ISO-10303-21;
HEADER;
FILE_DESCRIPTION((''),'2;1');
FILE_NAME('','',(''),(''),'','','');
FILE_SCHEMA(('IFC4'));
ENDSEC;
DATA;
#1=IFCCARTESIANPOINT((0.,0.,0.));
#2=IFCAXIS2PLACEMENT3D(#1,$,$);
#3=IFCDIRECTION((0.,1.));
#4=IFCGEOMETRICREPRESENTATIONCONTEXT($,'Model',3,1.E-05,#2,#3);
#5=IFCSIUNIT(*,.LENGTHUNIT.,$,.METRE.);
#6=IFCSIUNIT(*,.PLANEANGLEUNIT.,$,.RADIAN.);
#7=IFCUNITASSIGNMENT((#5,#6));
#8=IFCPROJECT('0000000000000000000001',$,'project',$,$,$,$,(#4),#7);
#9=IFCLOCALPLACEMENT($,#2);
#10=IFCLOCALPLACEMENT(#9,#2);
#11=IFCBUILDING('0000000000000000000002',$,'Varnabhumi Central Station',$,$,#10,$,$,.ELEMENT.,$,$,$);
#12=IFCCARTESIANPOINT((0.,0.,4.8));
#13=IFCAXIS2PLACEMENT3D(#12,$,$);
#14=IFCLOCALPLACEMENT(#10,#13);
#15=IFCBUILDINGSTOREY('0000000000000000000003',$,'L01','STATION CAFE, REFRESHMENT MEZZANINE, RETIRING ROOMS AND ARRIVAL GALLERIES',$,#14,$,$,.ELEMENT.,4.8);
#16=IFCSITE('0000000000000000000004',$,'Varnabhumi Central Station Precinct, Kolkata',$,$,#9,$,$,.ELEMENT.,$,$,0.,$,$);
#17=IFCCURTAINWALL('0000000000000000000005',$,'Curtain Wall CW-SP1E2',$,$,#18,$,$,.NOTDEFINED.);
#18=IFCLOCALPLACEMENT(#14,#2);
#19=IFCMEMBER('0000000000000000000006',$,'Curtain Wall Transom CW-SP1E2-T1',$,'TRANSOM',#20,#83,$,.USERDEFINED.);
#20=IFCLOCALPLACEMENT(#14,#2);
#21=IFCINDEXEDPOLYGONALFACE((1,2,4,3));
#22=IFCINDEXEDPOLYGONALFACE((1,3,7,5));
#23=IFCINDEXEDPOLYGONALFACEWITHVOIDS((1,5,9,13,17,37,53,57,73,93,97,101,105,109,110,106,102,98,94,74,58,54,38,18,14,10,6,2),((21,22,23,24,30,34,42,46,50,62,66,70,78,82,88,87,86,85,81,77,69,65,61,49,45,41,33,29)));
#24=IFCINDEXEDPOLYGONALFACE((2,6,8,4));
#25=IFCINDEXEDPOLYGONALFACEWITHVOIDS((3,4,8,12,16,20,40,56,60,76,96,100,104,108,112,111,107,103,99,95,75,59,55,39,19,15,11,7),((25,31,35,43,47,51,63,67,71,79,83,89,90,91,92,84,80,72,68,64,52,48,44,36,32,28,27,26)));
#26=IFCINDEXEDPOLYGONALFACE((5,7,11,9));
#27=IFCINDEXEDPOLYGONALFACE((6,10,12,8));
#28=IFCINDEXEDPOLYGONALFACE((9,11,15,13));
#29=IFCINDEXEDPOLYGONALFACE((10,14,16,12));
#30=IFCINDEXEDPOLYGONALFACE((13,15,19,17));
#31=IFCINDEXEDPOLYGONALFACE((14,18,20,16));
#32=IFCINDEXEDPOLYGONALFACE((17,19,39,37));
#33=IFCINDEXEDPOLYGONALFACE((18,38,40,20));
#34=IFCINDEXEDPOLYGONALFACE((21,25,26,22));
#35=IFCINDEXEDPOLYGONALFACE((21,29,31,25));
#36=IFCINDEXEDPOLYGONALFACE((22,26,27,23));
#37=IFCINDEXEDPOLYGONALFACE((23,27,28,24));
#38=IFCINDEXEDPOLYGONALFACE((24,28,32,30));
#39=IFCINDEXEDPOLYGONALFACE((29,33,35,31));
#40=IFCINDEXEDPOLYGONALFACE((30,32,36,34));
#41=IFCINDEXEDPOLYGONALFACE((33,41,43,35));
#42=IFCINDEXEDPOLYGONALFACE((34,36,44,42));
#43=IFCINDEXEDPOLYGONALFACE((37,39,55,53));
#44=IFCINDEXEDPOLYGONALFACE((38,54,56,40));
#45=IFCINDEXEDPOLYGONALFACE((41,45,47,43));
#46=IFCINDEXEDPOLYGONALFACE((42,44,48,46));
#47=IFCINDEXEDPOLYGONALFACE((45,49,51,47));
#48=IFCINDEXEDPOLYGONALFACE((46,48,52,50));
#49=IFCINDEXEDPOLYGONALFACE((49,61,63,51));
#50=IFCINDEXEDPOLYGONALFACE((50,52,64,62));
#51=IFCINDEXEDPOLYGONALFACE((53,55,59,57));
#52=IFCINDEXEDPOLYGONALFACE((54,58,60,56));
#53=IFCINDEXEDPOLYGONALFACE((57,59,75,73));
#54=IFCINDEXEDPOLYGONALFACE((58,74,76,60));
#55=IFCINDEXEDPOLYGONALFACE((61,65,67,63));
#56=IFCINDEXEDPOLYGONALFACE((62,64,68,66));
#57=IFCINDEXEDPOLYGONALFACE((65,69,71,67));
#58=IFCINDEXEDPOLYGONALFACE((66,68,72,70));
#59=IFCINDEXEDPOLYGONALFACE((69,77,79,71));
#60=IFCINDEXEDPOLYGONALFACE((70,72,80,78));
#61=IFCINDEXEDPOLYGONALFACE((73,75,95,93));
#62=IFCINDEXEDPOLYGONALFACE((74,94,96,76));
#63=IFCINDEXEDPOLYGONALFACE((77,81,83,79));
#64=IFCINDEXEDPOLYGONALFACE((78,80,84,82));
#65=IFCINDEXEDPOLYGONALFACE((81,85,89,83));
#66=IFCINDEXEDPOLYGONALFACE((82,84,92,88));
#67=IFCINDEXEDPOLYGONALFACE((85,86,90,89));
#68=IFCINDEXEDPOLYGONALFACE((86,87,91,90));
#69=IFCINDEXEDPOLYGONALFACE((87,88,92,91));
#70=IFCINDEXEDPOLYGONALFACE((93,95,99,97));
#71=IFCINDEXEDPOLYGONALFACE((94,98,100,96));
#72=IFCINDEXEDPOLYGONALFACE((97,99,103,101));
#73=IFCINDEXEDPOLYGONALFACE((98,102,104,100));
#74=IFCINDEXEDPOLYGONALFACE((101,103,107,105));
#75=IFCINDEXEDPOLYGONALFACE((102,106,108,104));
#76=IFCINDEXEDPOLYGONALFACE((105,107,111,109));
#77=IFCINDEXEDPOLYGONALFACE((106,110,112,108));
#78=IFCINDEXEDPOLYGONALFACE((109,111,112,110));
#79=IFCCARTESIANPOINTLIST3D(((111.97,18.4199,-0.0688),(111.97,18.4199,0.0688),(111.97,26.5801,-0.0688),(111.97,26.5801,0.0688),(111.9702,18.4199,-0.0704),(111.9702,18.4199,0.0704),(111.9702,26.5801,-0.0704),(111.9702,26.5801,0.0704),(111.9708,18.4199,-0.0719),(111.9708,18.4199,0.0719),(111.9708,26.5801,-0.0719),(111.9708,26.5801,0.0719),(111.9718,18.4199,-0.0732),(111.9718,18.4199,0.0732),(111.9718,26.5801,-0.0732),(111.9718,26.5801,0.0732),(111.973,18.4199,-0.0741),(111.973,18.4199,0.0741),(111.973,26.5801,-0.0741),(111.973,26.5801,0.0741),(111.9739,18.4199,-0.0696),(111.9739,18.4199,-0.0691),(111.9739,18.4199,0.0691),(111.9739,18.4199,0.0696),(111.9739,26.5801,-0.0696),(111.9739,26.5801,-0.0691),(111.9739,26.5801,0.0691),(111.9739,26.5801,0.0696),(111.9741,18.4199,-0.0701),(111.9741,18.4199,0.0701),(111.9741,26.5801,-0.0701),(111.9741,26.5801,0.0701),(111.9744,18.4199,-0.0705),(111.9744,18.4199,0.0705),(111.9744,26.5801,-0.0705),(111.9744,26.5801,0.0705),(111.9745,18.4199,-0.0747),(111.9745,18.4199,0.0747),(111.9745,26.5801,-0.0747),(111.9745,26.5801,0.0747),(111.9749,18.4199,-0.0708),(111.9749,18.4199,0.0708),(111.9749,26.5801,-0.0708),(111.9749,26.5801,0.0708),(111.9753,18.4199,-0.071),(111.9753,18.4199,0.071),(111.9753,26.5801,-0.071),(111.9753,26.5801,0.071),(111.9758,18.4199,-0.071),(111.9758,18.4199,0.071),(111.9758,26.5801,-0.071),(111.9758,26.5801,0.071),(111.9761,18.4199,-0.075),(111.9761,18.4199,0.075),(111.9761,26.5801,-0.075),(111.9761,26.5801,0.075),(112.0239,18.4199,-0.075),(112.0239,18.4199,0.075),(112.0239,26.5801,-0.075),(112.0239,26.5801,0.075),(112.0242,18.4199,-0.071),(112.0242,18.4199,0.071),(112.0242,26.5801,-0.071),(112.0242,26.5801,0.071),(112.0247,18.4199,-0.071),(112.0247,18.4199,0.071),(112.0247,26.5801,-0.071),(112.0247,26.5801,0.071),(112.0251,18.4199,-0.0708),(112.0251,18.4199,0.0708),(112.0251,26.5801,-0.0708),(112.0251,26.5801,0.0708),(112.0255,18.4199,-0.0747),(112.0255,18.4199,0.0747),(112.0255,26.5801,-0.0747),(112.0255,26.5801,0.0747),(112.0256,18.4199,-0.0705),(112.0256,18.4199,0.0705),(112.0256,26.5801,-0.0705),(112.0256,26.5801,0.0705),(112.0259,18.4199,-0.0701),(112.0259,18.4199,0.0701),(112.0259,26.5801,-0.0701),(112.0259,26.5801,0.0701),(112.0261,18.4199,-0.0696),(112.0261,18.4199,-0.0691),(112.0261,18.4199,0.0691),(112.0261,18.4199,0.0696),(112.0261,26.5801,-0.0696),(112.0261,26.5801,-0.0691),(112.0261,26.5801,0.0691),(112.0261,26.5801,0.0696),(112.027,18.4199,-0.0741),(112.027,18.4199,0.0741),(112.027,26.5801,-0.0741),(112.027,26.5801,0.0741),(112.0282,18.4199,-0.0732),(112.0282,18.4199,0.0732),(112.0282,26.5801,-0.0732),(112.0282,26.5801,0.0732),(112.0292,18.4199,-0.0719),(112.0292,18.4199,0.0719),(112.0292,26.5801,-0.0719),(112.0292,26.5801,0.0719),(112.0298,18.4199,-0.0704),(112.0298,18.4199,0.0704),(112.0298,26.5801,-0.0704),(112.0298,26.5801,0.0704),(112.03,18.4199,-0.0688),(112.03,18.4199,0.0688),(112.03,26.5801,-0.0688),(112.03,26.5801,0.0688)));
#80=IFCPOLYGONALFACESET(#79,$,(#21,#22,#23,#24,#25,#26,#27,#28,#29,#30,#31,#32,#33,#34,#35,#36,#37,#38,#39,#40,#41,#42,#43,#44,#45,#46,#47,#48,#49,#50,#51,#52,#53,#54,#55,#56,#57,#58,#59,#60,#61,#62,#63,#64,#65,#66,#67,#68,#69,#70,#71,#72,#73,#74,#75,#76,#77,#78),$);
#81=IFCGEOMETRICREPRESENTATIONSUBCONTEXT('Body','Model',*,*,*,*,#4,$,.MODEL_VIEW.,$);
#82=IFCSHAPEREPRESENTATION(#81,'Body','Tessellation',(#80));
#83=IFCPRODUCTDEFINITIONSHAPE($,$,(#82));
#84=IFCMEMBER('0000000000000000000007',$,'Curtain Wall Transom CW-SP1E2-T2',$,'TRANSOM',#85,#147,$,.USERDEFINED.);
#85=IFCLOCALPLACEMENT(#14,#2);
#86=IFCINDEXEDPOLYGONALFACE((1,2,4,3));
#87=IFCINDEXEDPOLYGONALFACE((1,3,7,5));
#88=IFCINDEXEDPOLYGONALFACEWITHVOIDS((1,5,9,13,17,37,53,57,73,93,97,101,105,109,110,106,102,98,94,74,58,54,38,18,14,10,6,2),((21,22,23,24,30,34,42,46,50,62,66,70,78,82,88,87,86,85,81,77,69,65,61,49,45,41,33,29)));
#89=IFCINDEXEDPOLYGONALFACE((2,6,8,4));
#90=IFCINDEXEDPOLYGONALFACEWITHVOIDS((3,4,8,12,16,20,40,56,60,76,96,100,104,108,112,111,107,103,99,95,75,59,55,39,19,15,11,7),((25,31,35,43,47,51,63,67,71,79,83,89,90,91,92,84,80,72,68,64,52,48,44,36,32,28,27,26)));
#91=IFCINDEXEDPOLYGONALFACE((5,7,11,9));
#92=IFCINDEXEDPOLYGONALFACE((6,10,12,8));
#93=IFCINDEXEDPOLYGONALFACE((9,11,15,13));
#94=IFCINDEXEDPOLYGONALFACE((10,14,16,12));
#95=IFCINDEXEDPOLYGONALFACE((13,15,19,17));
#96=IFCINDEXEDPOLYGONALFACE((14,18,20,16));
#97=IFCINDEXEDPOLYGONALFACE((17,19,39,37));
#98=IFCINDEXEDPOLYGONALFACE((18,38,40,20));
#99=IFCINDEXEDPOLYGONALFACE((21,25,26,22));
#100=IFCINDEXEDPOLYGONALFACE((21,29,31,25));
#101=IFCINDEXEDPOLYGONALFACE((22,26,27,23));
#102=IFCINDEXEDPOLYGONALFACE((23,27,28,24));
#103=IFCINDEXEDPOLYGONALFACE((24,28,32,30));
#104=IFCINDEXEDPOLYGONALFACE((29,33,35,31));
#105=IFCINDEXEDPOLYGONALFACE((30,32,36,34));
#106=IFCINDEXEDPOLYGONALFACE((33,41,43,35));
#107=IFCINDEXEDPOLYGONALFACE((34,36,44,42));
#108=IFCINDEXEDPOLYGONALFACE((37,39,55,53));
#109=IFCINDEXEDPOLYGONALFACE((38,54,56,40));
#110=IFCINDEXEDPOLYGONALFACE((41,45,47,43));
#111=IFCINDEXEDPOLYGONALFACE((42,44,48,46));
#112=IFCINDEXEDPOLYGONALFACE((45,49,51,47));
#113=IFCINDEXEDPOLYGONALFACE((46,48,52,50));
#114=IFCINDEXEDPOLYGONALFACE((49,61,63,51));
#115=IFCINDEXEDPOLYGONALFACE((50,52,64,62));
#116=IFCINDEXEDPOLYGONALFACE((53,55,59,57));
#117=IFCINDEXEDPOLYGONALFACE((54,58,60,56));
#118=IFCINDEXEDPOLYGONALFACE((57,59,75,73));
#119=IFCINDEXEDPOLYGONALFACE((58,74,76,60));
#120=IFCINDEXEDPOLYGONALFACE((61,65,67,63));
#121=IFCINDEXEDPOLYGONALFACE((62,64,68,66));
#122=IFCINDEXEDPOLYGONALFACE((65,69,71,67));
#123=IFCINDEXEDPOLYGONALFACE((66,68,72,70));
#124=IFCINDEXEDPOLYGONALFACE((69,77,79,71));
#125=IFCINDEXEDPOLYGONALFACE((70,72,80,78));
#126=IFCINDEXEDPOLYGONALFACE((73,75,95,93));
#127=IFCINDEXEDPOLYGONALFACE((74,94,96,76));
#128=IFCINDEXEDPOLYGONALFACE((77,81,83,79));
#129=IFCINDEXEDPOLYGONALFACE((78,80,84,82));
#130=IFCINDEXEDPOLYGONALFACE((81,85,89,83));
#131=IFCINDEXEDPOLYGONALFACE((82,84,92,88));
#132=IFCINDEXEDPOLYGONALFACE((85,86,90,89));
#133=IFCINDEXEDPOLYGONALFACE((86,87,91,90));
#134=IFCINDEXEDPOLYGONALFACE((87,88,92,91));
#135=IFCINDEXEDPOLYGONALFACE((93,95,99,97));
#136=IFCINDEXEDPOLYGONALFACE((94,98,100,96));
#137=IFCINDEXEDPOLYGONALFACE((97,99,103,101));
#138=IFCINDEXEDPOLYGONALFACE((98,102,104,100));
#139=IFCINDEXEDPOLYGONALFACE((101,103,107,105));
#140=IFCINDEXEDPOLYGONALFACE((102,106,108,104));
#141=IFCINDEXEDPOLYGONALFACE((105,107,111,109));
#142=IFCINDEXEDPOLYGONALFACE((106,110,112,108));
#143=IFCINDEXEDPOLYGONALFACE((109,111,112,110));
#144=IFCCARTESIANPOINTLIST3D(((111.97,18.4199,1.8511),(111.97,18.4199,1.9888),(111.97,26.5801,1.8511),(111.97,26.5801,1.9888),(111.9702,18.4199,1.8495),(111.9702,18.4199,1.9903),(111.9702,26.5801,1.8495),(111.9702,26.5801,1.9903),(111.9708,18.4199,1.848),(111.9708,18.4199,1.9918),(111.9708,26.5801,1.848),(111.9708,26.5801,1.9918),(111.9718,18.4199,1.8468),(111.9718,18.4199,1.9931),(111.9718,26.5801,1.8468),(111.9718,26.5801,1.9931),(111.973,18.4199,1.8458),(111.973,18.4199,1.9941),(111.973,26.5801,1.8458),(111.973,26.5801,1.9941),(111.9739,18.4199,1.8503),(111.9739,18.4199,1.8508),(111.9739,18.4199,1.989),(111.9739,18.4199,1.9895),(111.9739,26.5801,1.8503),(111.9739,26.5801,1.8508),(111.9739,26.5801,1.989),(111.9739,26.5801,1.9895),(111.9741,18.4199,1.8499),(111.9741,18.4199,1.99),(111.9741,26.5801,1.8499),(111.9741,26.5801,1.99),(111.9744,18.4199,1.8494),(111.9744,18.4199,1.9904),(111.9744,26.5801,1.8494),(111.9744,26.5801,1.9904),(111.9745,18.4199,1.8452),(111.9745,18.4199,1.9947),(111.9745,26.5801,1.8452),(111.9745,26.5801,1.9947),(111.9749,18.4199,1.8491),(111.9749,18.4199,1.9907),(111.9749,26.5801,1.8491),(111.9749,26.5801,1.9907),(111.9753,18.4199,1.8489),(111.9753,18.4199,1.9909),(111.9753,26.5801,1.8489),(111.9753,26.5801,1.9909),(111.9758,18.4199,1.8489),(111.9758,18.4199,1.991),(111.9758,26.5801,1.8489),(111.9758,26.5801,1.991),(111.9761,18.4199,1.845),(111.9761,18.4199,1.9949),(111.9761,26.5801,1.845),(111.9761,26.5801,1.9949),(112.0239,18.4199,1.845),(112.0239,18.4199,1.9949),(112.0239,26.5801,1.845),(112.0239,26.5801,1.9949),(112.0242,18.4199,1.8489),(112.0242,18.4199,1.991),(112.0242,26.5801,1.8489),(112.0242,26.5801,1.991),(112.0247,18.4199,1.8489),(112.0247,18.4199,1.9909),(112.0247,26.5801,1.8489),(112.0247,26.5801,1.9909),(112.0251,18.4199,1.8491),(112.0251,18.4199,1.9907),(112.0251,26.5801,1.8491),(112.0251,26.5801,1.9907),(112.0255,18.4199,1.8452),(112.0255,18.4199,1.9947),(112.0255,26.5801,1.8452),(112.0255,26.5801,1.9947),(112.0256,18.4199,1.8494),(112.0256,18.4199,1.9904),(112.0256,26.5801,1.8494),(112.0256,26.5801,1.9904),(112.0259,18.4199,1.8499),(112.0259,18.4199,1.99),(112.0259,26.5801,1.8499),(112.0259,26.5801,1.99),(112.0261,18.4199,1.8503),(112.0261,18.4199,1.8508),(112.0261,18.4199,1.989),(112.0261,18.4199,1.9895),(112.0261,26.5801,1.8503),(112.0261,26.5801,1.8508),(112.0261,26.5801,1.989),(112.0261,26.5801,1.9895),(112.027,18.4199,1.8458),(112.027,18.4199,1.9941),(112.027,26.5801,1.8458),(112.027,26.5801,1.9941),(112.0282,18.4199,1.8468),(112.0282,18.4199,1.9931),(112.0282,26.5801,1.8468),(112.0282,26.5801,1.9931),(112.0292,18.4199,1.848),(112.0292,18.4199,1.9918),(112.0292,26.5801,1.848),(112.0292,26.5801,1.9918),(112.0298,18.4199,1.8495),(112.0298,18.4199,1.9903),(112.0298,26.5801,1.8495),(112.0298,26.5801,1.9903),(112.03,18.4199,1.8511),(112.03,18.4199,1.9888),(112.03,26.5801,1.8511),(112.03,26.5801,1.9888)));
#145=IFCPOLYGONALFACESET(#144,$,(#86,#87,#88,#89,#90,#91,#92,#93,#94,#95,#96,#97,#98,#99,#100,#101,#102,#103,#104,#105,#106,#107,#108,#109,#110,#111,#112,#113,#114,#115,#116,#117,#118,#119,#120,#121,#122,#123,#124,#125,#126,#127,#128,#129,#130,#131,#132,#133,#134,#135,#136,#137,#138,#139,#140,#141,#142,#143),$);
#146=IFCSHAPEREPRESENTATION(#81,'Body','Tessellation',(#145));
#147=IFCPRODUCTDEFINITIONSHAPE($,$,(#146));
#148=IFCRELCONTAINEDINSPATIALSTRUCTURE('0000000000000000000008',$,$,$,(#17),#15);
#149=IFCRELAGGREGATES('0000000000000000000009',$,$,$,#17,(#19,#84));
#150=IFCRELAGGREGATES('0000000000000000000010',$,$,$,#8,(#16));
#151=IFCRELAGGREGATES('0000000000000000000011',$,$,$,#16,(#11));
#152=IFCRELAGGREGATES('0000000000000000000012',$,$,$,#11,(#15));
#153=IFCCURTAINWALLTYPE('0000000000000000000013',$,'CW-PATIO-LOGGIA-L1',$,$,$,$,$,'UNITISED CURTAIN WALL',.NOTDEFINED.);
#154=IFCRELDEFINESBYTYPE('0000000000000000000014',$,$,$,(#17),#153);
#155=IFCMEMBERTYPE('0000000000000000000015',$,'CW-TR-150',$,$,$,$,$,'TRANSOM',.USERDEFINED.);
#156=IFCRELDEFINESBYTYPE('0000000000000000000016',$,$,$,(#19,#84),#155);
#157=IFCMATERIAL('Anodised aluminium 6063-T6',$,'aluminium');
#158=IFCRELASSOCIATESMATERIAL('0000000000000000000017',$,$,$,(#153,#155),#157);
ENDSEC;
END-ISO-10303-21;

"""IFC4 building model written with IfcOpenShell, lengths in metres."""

from ifc_helpers import new_model, si_unit, direction, frame, origin, origin_2d, place, context, subcontext, project, spatial, hollow_rectangle, extrude, material, material_profile, profile_set, type_object, element, aggregate, save


model = new_model("IFC4")

# Units and contexts
model_context = context("Model", 3, precision=1e-05, world=origin(), true_north=direction((0.0, 1.0)))
body_context = subcontext(model_context, "Body", "Model", "MODEL_VIEW")
ifc_project = project(units=[si_unit("LENGTHUNIT", "METRE"), si_unit("PLANEANGLEUNIT", "RADIAN")], contexts=[model_context])

# Site, building, storey
site_placement = place(None, origin())
site = spatial("IfcSite", under=ifc_project, at=site_placement, Name="Varnabhumi Central Station Precinct, Kolkata", CompositionType="ELEMENT", RefElevation=0.0)
building_placement = place(site_placement, origin())
building = spatial("IfcBuilding", under=site, at=building_placement, Name="Varnabhumi Central Station", CompositionType="ELEMENT")
storey_placement = place(building_placement, frame((0.0, 0.0, 4.8)))
storey = spatial("IfcBuildingStorey", under=building, at=storey_placement, Name="L01", Description="STATION CAFE, REFRESHMENT MEZZANINE, RETIRING ROOMS AND ARRIVAL GALLERIES", CompositionType="ELEMENT", Elevation=4.8)

# Curtain wall
ifc_material_1 = material(Name="Anodised aluminium 6063-T6", Category="aluminium")
curtain_wall_type = type_object("IfcCurtainWallType", Name="CW-PATIO-LOGGIA-L1", ElementType="UNITISED CURTAIN WALL", PredefinedType="NOTDEFINED", material=ifc_material_1)
curtain_wall_1_placement = place(storey_placement, origin())
curtain_wall_1 = element("IfcCurtainWall", 1, at=curtain_wall_1_placement, inside=storey, type_object=curtain_wall_type, Name="Curtain Wall CW-SP1E2", PredefinedType="NOTDEFINED")

# Members
ifc_material_profile_1 = material_profile(ifc_material_1, hollow_rectangle(XDim=0.0601, YDim=0.1499, WallThickness=0.0039, InnerFilletRadius=0.002, OuterFilletRadius=0.0061, at=origin_2d()), Name="Anodised aluminium 6063-T6", Category="aluminium")
ifc_profile_set_1 = profile_set([ifc_material_profile_1], Name="Anodised aluminium 6063-T6")
member_type_1 = type_object("IfcMemberType", Name="CW-TR-150", ElementType="TRANSOM", PredefinedType="USERDEFINED", material=ifc_profile_set_1)
member_1_placement = place(storey_placement, frame((112.0, 18.4199, 0.0), z_axis=(0.0, 1.0, 0.0), x_axis=(-1.0, 0.0, 0.0)))
member_1 = element("IfcMember", 2, at=member_1_placement, type_object=member_type_1, Name="Curtain Wall Transom CW-SP1E2-T1", ObjectType="TRANSOM", PredefinedType="USERDEFINED", context=body_context, shape_type="SweptSolid", body=[
    extrude(hollow_rectangle(XDim=0.0601, YDim=0.1499, WallThickness=0.0039, InnerFilletRadius=0.002, OuterFilletRadius=0.0061, at=origin_2d()), origin(), (0.0, 0.0, 1.0), 8.1602),
])
member_2_placement = place(storey_placement, frame((112.0, 18.4199, 1.9199), z_axis=(0.0, 1.0, 0.0), x_axis=(-1.0, 0.0, 0.0)))
member_2 = element("IfcMember", 3, at=member_2_placement, type_object=member_type_1, Name="Curtain Wall Transom CW-SP1E2-T2", ObjectType="TRANSOM", PredefinedType="USERDEFINED", context=body_context, shape_type="SweptSolid", body=[
    extrude(hollow_rectangle(XDim=0.0601, YDim=0.1499, WallThickness=0.0039, InnerFilletRadius=0.002, OuterFilletRadius=0.0061, at=origin_2d()), origin(), (0.0, 0.0, 1.0), 8.1602),
])

aggregate(curtain_wall_1, [member_1, member_2])

save(model, "model.ifc")
